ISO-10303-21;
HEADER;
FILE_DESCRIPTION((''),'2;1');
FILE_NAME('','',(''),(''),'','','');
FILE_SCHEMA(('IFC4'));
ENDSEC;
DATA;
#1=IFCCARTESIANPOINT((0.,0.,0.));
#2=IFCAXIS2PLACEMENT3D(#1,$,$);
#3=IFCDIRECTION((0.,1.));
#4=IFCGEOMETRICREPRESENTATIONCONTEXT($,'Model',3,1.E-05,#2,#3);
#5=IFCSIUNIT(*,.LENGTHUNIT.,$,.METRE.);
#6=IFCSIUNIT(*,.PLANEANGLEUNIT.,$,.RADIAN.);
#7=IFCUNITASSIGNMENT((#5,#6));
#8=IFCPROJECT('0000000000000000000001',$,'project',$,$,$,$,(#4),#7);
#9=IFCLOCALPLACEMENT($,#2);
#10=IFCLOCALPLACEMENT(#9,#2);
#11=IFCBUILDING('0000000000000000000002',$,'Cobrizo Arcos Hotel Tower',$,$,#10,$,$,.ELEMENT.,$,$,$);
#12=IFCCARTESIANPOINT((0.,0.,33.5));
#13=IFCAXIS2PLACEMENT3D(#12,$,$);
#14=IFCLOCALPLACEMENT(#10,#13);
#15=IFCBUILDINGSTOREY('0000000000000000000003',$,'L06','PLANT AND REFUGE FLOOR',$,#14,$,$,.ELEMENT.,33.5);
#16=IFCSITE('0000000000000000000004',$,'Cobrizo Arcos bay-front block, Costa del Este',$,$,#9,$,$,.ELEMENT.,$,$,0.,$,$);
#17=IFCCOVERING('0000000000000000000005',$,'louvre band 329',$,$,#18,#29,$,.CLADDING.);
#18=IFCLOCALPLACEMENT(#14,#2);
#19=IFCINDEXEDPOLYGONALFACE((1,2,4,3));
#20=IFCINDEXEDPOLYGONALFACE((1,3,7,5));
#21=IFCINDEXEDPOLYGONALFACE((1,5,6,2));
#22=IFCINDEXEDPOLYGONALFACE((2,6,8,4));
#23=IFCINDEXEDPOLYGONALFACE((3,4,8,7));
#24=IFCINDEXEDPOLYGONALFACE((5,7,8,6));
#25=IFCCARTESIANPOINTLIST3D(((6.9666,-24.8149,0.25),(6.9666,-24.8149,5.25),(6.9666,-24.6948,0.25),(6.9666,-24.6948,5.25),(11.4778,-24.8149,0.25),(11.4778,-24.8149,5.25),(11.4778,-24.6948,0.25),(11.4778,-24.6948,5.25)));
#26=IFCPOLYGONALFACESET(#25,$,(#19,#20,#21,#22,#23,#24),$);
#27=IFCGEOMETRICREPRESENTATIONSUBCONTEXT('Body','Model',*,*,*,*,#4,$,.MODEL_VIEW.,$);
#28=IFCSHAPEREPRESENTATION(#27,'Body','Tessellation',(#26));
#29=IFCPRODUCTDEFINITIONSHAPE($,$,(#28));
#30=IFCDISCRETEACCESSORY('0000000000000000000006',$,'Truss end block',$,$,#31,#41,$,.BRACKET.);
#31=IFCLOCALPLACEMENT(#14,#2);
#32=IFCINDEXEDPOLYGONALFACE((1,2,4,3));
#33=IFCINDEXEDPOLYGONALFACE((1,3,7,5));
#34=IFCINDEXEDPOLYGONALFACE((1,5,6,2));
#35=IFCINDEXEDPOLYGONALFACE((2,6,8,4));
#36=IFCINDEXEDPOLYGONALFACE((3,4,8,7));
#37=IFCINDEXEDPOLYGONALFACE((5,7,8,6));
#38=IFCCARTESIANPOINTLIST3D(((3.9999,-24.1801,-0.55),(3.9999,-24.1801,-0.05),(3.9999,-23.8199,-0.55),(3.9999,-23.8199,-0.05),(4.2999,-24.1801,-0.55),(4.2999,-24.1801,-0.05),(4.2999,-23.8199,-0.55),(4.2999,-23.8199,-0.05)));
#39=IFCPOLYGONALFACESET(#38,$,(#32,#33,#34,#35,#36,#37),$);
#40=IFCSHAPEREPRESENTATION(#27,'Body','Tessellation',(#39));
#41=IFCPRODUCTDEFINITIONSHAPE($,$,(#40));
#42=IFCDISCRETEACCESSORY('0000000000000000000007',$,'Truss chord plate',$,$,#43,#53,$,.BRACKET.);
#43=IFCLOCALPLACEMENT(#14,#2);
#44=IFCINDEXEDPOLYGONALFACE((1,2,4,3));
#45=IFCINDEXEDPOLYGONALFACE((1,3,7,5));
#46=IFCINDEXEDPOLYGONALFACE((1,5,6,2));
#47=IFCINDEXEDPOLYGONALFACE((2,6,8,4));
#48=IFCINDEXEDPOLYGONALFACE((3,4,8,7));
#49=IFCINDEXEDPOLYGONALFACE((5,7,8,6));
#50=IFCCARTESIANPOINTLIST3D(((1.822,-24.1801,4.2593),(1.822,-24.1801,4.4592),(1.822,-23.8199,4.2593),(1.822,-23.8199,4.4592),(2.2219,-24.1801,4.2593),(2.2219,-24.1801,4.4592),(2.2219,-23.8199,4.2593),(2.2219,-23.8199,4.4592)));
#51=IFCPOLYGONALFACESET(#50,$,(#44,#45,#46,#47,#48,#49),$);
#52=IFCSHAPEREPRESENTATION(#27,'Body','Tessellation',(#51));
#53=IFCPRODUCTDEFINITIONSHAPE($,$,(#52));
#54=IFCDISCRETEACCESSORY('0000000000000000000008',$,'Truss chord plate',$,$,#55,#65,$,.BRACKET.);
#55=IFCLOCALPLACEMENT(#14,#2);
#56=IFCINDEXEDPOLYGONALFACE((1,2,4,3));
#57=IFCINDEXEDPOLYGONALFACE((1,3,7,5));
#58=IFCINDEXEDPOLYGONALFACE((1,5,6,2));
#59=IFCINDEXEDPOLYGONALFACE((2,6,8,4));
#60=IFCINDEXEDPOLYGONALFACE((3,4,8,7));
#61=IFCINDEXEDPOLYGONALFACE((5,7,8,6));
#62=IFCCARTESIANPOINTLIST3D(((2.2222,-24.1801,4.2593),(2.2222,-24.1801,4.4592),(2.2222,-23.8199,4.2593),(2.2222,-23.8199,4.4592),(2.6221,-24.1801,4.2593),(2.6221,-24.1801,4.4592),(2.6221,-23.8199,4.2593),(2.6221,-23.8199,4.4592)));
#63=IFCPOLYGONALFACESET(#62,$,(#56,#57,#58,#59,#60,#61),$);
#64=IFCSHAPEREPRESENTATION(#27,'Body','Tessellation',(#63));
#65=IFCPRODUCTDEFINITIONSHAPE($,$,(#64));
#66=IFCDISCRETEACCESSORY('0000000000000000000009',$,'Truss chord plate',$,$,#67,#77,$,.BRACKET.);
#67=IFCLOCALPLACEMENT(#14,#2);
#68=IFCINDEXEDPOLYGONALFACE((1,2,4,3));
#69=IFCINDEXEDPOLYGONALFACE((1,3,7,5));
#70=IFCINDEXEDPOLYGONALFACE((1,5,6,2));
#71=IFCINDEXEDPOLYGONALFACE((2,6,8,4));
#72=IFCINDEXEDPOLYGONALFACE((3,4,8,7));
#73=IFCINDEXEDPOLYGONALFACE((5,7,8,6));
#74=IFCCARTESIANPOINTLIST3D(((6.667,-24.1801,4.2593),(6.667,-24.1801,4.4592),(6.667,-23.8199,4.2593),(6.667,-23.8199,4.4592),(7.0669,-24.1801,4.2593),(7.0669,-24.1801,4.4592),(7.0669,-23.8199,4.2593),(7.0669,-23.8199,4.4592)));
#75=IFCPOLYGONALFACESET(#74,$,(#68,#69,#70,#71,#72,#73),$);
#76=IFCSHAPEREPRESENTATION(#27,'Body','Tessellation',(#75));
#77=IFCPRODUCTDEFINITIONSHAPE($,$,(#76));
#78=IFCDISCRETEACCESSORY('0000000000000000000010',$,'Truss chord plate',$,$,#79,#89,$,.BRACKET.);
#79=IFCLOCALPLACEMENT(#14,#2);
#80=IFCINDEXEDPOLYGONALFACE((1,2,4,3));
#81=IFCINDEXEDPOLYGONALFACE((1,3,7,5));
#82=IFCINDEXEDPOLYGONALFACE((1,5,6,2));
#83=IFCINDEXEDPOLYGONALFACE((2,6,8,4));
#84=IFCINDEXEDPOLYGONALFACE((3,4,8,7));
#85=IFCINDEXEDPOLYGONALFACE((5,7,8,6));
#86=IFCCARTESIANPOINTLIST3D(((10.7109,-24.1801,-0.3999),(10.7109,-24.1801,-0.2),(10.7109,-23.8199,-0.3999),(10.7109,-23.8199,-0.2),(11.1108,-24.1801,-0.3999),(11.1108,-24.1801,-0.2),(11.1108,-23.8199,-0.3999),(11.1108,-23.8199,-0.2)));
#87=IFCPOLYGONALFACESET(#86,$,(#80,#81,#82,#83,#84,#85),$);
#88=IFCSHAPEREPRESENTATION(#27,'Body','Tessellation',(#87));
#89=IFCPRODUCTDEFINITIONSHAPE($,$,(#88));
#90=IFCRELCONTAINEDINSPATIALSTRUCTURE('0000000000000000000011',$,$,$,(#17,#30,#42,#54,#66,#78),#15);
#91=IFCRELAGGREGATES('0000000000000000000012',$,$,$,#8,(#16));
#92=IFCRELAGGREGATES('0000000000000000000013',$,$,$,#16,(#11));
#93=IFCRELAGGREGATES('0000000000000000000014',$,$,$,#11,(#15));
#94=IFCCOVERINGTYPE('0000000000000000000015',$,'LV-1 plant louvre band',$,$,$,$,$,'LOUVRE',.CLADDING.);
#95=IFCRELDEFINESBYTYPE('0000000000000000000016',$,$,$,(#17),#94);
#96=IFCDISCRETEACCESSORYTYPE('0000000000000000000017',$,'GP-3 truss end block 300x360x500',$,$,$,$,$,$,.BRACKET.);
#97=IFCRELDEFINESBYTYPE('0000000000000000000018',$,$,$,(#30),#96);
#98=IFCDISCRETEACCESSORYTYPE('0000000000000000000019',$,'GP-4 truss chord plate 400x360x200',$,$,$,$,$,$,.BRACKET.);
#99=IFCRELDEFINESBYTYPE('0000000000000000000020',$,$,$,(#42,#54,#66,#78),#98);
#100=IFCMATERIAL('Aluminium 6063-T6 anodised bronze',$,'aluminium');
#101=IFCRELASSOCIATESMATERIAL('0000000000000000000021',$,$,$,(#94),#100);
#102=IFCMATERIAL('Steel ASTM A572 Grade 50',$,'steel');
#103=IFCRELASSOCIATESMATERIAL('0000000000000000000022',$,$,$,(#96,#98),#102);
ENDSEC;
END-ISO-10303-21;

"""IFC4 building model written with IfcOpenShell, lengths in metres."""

from ifc_helpers import new_model, si_unit, direction, frame, origin, origin_2d, place, context, subcontext, project, spatial, rectangle, extrude, material, type_object, element, save


model = new_model("IFC4")

# Units and contexts
model_context = context("Model", 3, precision=1e-05, world=origin(), true_north=direction((0.0, 1.0)))
body_context = subcontext(model_context, "Body", "Model", "MODEL_VIEW")
ifc_project = project(units=[si_unit("LENGTHUNIT", "METRE"), si_unit("PLANEANGLEUNIT", "RADIAN")], contexts=[model_context])

# Site, building, storey
site_placement = place(None, origin())
site = spatial("IfcSite", under=ifc_project, at=site_placement, Name="Cobrizo Arcos bay-front block, Costa del Este", CompositionType="ELEMENT", RefElevation=0.0)
building_placement = place(site_placement, origin())
building = spatial("IfcBuilding", under=site, at=building_placement, Name="Cobrizo Arcos Hotel Tower", CompositionType="ELEMENT")
storey_placement = place(building_placement, frame((0.0, 0.0, 33.5)))
storey = spatial("IfcBuildingStorey", under=building, at=storey_placement, Name="L06", Description="PLANT AND REFUGE FLOOR", CompositionType="ELEMENT", Elevation=33.5)

# Shared definitions
ifc_material_1 = material(Name="Steel ASTM A572 Grade 50", Category="steel")

# Shared definitions
ifc_material_2 = material(Name="Aluminium 6063-T6 anodised bronze", Category="aluminium")

# Covering
covering_type = type_object("IfcCoveringType", Name="LV-1 plant louvre band", ElementType="LOUVRE", PredefinedType="CLADDING", material=ifc_material_2)
for number, where, z_axis, x_axis, name in (
    (1, (9.2222, -24.7549, 0.25), (0.0, 0.0, 1.0), (1.0, 0.0, 0.0), "louvre band 329"),
):
    element("IfcCovering", number, at=place(storey_placement, frame(where, z_axis=z_axis, x_axis=x_axis)), inside=storey, type_object=covering_type, Name=name, PredefinedType="CLADDING", context=body_context, shape_type="SweptSolid", body=[
        extrude(rectangle(XDim=4.5112, YDim=0.1201, at=origin_2d()), origin(), (0.0, 0.0, 1.0), 5.0),
    ])

# Discrete accessories
discrete_accessory_type_1 = type_object("IfcDiscreteAccessoryType", Name="GP-3 truss end block 300x360x500", PredefinedType="BRACKET", material=ifc_material_1)
discrete_accessory_placement = place(storey_placement, frame((4.1499, -24.0, -0.55), z_axis=(0.0, 0.0, 1.0), x_axis=(-1.0, 0.0, 0.0)))
element("IfcDiscreteAccessory", 2, at=discrete_accessory_placement, inside=storey, type_object=discrete_accessory_type_1, Name="Truss end block", PredefinedType="BRACKET", context=body_context, shape_type="SweptSolid", body=[
    extrude(rectangle(XDim=0.3, YDim=0.3601, at=origin_2d()), origin(), (0.0, 0.0, 1.0), 0.5),
])
discrete_accessory_type_2 = type_object("IfcDiscreteAccessoryType", Name="GP-4 truss chord plate 400x360x200", PredefinedType="BRACKET", material=ifc_material_1)
for number, where, z_axis, x_axis, name in (
    (3, (2.022, -24.0, 4.2593), (0.0, 0.0, 1.0), (1.0, 0.0, 0.0), "Truss chord plate"),
    (4, (2.4221, -24.0, 4.2593), (0.0, 0.0, 1.0), (1.0, 0.0, 0.0), "Truss chord plate"),
    (5, (6.8669, -24.0, 4.2593), (0.0, 0.0, 1.0), (1.0, 0.0, 0.0), "Truss chord plate"),
    (6, (10.9109, -24.0, -0.3999), (0.0, 0.0, 1.0), (1.0, 0.0, 0.0), "Truss chord plate"),
):
    element("IfcDiscreteAccessory", number, at=place(storey_placement, frame(where, z_axis=z_axis, x_axis=x_axis)), inside=storey, type_object=discrete_accessory_type_2, Name=name, PredefinedType="BRACKET", context=body_context, shape_type="SweptSolid", body=[
        extrude(rectangle(XDim=0.3999, YDim=0.3601, at=origin_2d()), origin(), (0.0, 0.0, 1.0), 0.2),
    ])

save(model, "model.ifc")
